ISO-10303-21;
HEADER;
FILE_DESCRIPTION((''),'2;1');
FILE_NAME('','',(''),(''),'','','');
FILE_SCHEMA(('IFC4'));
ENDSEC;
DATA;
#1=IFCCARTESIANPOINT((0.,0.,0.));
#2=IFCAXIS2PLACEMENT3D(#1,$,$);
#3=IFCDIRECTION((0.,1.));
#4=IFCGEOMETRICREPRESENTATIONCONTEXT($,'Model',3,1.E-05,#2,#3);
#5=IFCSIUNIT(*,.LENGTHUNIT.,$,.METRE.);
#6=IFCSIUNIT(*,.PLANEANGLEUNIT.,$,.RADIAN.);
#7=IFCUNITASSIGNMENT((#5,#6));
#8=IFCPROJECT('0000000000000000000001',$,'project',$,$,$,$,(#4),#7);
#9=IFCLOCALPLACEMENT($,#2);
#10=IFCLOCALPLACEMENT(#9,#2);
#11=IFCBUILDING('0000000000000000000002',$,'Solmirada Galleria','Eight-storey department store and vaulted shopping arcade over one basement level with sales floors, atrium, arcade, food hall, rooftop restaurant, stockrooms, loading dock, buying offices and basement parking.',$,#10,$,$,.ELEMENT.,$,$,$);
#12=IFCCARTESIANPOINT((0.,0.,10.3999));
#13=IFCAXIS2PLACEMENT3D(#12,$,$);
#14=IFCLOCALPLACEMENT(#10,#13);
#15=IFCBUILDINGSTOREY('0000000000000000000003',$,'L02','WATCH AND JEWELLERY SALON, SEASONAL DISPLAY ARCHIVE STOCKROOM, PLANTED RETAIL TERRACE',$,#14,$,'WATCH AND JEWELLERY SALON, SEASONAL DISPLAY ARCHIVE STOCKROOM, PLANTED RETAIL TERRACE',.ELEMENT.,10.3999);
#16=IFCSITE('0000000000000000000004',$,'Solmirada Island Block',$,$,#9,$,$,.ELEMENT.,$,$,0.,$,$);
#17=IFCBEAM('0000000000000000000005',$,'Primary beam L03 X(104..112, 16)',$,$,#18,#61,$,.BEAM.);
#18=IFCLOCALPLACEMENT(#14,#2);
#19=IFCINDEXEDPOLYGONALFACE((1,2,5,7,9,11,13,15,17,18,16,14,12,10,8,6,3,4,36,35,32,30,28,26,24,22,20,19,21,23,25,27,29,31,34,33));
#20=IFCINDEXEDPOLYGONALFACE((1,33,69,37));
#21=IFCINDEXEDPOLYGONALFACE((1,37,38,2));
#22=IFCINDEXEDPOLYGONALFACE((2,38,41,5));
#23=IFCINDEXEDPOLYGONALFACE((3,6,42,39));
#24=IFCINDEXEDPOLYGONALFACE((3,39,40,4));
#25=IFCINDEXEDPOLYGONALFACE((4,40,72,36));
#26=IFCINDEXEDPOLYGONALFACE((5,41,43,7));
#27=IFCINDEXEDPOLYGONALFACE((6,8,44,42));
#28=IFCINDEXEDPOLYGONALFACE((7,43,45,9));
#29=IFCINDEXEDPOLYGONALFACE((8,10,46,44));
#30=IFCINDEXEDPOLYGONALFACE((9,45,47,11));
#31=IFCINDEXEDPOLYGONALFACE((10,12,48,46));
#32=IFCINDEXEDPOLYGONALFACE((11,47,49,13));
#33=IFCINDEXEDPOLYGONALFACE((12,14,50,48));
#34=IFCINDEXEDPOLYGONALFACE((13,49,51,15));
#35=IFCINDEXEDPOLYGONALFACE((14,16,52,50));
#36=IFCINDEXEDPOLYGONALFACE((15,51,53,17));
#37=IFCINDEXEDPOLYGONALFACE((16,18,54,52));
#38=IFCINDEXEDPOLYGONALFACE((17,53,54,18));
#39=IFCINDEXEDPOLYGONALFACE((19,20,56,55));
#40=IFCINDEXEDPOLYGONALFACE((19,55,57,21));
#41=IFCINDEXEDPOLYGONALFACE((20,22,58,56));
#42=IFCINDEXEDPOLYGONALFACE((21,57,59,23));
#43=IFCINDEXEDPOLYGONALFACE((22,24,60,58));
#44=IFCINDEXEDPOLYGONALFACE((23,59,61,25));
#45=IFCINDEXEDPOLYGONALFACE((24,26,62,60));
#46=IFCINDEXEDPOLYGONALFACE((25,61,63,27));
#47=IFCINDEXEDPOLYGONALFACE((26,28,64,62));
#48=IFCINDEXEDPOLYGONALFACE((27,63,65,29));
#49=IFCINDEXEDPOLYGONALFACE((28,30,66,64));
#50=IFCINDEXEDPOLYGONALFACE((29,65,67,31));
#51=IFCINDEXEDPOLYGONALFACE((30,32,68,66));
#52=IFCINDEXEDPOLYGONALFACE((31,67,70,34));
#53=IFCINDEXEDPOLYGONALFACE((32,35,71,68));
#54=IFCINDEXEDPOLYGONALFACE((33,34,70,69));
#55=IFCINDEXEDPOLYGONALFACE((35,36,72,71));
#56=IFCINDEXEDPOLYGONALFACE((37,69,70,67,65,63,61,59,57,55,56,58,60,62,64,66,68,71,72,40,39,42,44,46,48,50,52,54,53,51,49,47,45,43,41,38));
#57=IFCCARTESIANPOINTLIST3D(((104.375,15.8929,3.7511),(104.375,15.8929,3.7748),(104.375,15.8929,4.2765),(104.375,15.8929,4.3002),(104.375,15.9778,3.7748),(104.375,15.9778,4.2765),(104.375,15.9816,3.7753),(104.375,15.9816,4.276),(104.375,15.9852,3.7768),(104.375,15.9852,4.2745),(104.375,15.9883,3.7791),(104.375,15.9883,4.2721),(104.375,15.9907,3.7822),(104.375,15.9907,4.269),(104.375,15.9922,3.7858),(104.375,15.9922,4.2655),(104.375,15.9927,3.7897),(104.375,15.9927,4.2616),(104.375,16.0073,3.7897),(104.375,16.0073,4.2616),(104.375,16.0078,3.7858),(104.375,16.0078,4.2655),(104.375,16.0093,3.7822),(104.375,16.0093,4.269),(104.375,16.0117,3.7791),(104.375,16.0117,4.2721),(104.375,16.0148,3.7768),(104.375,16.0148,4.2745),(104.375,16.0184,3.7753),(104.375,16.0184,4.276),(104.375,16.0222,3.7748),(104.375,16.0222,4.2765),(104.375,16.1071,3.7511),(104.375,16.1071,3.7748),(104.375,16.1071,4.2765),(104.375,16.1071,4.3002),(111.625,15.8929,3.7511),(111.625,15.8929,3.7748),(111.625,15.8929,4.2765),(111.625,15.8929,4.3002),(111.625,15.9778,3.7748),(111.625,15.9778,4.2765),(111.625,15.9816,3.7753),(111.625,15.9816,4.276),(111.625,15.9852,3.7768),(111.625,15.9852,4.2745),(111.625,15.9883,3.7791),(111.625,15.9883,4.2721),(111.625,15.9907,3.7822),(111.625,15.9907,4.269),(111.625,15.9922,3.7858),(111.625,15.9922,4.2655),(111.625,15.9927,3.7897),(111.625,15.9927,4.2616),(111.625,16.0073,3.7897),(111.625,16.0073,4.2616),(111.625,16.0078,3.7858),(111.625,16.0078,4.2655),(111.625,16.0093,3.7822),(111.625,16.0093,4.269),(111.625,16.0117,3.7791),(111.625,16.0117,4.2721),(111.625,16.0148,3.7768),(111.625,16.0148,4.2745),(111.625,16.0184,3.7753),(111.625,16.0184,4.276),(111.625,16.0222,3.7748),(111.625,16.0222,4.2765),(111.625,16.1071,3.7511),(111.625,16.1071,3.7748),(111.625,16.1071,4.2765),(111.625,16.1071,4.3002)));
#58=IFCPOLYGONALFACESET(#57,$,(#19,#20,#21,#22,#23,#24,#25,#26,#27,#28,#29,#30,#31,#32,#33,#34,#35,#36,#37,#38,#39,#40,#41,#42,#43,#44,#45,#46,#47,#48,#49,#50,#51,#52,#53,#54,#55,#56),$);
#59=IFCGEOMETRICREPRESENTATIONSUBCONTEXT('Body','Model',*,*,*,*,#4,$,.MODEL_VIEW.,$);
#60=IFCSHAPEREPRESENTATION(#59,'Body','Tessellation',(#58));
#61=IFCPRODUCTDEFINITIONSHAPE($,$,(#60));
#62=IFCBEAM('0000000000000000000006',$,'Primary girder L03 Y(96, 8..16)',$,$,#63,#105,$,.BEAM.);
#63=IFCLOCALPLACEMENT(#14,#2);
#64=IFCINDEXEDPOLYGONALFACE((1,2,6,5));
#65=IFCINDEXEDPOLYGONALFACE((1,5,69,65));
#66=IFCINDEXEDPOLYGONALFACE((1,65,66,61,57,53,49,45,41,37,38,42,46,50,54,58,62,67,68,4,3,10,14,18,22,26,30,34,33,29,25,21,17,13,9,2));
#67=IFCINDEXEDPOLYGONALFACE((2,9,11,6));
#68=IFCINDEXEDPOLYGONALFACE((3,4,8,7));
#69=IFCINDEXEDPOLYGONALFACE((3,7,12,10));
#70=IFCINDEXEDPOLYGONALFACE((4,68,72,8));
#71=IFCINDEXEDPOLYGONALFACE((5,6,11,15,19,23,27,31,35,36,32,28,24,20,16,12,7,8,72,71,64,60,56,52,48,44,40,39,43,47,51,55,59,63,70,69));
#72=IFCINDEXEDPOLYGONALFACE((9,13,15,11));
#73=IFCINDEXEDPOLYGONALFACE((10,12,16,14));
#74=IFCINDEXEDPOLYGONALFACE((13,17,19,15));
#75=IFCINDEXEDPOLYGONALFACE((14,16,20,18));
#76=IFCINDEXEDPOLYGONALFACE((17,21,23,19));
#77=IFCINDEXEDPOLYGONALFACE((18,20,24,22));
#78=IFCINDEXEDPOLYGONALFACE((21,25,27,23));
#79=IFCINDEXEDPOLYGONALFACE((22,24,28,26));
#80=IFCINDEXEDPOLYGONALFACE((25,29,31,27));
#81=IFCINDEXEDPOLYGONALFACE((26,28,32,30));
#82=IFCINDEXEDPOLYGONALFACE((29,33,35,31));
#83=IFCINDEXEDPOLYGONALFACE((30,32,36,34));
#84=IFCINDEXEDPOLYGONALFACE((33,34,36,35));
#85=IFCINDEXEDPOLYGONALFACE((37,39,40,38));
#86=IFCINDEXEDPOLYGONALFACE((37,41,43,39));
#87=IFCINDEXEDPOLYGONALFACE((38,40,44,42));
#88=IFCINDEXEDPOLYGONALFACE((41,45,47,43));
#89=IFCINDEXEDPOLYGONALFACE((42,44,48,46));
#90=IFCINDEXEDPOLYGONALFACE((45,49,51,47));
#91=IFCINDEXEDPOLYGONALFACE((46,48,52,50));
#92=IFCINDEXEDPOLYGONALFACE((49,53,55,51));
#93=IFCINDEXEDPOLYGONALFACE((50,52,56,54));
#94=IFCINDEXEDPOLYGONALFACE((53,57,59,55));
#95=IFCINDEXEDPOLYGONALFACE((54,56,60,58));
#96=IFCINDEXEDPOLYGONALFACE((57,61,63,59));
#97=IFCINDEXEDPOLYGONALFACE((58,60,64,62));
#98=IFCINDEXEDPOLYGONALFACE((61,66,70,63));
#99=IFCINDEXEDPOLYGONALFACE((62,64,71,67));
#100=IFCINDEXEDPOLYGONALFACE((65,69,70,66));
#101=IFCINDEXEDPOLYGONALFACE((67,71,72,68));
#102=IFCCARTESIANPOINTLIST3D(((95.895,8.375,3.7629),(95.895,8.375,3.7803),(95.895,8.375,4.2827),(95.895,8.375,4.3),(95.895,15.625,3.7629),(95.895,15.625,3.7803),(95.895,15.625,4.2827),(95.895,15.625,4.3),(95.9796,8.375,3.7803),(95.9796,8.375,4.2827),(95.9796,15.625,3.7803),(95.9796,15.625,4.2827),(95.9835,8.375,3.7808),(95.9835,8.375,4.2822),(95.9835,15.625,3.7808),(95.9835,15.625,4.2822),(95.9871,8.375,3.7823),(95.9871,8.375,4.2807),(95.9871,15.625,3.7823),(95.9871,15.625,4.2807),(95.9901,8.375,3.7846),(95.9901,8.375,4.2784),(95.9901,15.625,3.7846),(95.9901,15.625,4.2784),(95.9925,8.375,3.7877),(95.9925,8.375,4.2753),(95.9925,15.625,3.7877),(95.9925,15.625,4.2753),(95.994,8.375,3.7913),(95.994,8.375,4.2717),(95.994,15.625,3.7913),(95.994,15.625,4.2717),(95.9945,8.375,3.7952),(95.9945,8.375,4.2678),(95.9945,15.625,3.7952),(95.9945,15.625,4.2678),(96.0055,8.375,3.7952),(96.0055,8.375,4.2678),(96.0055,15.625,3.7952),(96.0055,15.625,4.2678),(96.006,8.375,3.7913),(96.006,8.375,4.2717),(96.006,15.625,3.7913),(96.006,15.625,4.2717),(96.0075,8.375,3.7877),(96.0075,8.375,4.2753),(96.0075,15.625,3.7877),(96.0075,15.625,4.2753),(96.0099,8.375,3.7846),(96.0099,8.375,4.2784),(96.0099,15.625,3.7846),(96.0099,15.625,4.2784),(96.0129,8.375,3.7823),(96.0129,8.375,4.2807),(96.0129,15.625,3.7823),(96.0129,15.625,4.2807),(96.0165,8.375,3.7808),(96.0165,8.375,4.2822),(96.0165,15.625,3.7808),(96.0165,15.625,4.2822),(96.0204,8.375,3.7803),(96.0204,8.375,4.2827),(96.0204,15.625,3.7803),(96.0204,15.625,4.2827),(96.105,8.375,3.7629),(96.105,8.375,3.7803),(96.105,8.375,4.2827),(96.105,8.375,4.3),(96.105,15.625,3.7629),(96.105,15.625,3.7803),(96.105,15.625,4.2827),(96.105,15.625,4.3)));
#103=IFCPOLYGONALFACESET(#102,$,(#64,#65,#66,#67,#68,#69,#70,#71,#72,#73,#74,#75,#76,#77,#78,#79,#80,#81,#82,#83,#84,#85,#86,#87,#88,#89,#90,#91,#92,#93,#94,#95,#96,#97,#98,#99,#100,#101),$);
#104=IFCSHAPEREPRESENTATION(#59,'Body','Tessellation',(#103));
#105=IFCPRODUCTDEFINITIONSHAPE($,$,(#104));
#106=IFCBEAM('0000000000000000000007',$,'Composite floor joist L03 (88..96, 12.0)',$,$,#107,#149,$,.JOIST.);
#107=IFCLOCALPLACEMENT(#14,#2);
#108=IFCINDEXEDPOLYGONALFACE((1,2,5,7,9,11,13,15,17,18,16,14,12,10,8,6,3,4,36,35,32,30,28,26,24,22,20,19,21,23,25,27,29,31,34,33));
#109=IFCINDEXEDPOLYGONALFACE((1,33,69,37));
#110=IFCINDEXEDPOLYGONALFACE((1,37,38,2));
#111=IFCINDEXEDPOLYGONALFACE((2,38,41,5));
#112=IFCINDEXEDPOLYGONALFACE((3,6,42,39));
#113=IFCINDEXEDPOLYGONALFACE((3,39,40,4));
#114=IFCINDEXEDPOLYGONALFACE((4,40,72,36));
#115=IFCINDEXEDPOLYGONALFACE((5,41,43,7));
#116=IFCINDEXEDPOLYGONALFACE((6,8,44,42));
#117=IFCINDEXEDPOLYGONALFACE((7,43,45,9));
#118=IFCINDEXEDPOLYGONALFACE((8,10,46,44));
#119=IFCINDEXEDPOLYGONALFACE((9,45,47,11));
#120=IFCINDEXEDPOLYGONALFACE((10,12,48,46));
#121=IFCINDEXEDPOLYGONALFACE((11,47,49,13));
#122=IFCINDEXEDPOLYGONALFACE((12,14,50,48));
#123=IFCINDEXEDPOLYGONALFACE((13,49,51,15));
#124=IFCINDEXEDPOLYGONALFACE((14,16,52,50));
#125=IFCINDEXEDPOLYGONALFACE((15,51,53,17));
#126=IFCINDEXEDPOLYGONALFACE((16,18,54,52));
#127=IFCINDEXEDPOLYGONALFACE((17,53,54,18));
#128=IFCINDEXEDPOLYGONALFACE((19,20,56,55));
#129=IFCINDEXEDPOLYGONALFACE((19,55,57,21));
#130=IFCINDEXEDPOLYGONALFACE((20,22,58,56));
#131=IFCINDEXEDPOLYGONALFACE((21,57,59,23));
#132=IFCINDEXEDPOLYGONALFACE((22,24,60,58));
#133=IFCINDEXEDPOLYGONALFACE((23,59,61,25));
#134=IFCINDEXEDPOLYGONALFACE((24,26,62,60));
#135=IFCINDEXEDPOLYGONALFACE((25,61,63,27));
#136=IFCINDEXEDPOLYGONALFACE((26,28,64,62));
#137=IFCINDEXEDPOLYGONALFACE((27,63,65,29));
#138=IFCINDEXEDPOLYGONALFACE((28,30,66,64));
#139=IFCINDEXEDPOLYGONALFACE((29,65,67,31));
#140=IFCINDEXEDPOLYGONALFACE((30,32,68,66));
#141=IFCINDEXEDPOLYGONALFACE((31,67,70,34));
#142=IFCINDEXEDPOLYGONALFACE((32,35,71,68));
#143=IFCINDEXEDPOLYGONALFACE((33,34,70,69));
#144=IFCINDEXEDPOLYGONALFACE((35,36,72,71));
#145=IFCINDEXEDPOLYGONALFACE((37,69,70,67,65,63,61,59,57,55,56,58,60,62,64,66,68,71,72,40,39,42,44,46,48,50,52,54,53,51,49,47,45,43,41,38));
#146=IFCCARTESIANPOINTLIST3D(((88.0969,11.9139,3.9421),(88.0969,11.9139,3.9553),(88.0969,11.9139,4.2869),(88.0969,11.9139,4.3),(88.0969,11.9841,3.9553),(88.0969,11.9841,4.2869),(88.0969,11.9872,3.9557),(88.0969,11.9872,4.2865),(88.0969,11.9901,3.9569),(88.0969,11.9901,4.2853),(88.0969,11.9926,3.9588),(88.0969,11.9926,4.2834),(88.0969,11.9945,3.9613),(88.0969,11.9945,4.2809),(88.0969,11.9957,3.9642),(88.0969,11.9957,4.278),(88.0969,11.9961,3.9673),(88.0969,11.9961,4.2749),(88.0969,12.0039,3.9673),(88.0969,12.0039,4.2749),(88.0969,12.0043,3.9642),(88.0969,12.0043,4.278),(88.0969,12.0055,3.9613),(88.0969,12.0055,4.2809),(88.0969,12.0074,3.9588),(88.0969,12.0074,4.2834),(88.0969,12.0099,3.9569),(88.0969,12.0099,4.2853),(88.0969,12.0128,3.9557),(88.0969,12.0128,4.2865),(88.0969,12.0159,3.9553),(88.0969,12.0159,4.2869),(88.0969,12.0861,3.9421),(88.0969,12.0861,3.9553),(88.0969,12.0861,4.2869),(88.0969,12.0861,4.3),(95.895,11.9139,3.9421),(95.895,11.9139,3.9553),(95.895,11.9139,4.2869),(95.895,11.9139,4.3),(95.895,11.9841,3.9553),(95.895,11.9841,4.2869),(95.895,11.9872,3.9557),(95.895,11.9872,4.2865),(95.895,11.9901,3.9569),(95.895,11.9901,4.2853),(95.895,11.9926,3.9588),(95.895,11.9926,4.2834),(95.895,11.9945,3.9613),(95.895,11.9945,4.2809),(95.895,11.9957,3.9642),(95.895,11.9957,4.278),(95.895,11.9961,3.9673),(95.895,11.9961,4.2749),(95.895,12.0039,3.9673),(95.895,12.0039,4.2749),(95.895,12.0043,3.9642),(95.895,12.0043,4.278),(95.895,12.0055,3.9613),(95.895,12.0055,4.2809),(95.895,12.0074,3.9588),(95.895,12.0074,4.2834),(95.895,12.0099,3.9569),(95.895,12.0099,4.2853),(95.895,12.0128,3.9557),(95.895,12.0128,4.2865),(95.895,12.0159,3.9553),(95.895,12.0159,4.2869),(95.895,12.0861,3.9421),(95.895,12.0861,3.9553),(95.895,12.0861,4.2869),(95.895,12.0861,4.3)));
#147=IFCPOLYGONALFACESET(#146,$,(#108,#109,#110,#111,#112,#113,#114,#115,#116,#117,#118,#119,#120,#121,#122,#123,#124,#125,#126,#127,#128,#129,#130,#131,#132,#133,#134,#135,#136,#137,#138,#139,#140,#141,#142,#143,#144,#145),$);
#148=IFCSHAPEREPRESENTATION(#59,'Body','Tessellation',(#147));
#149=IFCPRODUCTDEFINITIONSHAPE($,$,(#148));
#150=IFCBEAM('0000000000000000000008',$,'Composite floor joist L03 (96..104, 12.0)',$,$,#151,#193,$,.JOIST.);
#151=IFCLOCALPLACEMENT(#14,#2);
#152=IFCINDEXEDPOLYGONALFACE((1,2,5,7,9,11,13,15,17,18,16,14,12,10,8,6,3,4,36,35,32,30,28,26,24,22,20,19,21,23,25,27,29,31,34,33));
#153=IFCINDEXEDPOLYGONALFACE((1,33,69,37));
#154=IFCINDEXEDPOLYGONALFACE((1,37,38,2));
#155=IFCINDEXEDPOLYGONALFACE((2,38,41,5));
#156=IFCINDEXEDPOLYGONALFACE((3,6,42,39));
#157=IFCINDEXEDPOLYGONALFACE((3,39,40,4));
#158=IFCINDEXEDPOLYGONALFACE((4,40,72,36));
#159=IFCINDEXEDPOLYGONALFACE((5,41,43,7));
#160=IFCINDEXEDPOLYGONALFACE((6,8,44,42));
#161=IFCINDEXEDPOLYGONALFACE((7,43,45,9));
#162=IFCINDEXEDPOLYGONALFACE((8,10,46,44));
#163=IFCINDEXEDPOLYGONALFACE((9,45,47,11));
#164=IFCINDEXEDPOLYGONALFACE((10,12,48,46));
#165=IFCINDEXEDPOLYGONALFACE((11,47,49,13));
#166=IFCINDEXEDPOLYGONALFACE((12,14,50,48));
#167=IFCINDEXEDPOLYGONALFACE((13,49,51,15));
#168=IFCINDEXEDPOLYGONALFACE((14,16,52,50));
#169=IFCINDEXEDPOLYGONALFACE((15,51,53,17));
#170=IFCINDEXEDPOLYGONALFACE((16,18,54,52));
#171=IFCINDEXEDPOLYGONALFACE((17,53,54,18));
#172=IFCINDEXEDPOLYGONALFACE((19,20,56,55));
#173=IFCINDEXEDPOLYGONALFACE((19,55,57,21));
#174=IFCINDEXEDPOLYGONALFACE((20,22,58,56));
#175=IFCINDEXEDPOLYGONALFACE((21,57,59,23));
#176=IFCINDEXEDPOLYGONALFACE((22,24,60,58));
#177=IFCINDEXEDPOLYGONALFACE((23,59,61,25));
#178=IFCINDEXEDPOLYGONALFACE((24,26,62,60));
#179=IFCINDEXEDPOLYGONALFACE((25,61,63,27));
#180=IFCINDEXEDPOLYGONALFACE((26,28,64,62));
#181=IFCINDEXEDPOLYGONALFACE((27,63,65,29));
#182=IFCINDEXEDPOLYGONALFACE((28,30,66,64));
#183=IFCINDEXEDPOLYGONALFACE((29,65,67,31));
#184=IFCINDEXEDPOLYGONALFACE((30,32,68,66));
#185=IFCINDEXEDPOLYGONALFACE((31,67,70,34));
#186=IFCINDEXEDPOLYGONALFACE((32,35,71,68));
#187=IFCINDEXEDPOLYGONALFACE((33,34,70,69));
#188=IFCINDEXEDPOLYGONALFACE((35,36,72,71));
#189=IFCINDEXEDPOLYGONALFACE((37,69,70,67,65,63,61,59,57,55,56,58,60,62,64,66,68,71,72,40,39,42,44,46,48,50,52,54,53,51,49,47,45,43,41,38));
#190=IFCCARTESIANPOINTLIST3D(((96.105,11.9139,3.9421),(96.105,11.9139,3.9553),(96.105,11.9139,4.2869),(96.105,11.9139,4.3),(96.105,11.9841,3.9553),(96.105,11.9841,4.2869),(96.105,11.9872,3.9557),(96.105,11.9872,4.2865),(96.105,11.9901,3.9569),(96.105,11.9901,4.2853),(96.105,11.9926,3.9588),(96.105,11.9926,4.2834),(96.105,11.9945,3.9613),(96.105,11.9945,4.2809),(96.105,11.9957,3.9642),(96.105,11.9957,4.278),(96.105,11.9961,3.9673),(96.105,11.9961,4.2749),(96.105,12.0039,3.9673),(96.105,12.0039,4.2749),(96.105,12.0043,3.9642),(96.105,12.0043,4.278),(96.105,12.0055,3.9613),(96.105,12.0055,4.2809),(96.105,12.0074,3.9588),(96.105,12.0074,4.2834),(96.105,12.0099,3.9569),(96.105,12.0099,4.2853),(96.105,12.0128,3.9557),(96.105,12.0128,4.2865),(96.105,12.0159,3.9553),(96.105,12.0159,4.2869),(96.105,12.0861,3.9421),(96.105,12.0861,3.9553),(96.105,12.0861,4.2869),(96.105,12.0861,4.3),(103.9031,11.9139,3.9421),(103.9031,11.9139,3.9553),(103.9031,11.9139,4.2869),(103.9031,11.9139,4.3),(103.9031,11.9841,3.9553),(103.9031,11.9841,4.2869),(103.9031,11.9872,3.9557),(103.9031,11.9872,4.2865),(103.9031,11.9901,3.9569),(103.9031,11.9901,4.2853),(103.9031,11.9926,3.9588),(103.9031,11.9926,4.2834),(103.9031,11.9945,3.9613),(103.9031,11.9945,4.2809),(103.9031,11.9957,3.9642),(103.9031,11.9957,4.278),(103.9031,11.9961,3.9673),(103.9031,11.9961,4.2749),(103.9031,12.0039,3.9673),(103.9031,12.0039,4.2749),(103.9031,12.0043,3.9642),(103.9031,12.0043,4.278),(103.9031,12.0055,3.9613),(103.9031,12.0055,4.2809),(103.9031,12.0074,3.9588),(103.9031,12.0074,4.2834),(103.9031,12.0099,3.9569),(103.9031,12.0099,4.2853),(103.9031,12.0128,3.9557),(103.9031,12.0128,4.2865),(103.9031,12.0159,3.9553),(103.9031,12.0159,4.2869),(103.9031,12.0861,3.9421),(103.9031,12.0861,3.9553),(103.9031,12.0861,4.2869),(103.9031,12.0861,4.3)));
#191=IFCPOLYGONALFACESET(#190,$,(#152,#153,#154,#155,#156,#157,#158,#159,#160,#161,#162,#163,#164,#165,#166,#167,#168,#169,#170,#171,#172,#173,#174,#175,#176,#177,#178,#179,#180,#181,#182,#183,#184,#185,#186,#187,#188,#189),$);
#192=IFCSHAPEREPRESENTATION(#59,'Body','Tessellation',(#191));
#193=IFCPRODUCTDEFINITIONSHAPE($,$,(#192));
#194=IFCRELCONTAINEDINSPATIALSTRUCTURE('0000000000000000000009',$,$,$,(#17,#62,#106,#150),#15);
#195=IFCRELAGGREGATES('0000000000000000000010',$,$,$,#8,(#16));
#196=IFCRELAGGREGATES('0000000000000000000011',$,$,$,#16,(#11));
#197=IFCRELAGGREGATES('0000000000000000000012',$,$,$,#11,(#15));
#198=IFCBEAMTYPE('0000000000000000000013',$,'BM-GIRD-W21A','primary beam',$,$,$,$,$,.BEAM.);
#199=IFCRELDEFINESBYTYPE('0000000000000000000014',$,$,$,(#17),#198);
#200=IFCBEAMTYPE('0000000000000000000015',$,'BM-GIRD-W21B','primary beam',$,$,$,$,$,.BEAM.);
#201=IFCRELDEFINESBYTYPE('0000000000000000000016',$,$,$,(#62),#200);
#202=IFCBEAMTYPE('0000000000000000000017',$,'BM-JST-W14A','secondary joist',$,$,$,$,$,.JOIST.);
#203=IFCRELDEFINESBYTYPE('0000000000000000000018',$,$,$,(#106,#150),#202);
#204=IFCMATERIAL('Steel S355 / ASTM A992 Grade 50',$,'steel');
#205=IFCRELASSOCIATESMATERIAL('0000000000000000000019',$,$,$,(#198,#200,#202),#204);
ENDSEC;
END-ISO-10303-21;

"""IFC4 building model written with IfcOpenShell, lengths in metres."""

from ifc_helpers import new_model, si_unit, direction, frame, origin, origin_2d, place, context, subcontext, project, spatial, i_section, extrude, material, material_profile, profile_set, type_object, element, save


model = new_model("IFC4")

# Units and contexts
model_context = context("Model", 3, precision=1e-05, world=origin(), true_north=direction((0.0, 1.0)))
body_context = subcontext(model_context, "Body", "Model", "MODEL_VIEW")
ifc_project = project(units=[si_unit("LENGTHUNIT", "METRE"), si_unit("PLANEANGLEUNIT", "RADIAN")], contexts=[model_context])

# Site, building, storey
site_placement = place(None, origin())
site = spatial("IfcSite", under=ifc_project, at=site_placement, Name="Solmirada Island Block", CompositionType="ELEMENT", RefElevation=0.0)
building_placement = place(site_placement, origin())
building = spatial("IfcBuilding", under=site, at=building_placement, Name="Solmirada Galleria", Description="Eight-storey department store and vaulted shopping arcade over one basement level with sales floors, atrium, arcade, food hall, rooftop restaurant, stockrooms, loading dock, buying offices and basement parking.", CompositionType="ELEMENT")
storey_placement = place(building_placement, frame((0.0, 0.0, 10.3999)))
storey = spatial("IfcBuildingStorey", under=building, at=storey_placement, Name="L02", Description="WATCH AND JEWELLERY SALON, SEASONAL DISPLAY ARCHIVE STOCKROOM, PLANTED RETAIL TERRACE", LongName="WATCH AND JEWELLERY SALON, SEASONAL DISPLAY ARCHIVE STOCKROOM, PLANTED RETAIL TERRACE", CompositionType="ELEMENT", Elevation=10.3999)

# Beams
ifc_material_1 = material(Name="Steel S355 / ASTM A992 Grade 50", Category="steel")
ifc_material_profile_1 = material_profile(ifc_material_1, i_section(OverallWidth=0.2141, OverallDepth=0.5491, WebThickness=0.0146, FlangeThickness=0.0237, FilletRadius=0.0149, at=origin_2d()), Name="W21X93")
ifc_profile_set_1 = profile_set([ifc_material_profile_1], Name="Steel S355 / ASTM A992 Grade 50")
beam_type_1 = type_object("IfcBeamType", Name="BM-GIRD-W21A", Description="primary beam", PredefinedType="BEAM", material=ifc_profile_set_1)
for number, where, z_axis, x_axis, name in (
    (1, (104.375, 16.0, 4.0256), (1.0, 0.0, 0.0), (0.0, 1.0, 0.0), "Primary beam L03 X(104..112, 16)"),
):
    element("IfcBeam", number, at=place(storey_placement, frame(where, z_axis=z_axis, x_axis=x_axis)), inside=storey, type_object=beam_type_1, Name=name, PredefinedType="BEAM", context=body_context, shape_type="SweptSolid", body=[
        extrude(i_section(OverallWidth=0.2141, OverallDepth=0.5491, WebThickness=0.0146, FlangeThickness=0.0237, FilletRadius=0.0149, at=origin_2d()), origin(), (0.0, 0.0, 1.0), 7.25),
    ])
ifc_material_profile_2 = material_profile(ifc_material_1, i_section(OverallWidth=0.21, OverallDepth=0.5371, WebThickness=0.011, FlangeThickness=0.0173, FilletRadius=0.0149, at=origin_2d()), Name="W21X68")
ifc_profile_set_2 = profile_set([ifc_material_profile_2], Name="Steel S355 / ASTM A992 Grade 50")
beam_type_2 = type_object("IfcBeamType", Name="BM-GIRD-W21B", Description="primary beam", PredefinedType="BEAM", material=ifc_profile_set_2)
beam_1_placement = place(storey_placement, frame((96.0, 8.375, 4.0315), z_axis=(0.0, 1.0, 0.0), x_axis=(-1.0, 0.0, 0.0)))
element("IfcBeam", 2, at=beam_1_placement, inside=storey, type_object=beam_type_2, Name="Primary girder L03 Y(96, 8..16)", PredefinedType="BEAM", context=body_context, shape_type="SweptSolid", body=[
    extrude(i_section(OverallWidth=0.21, OverallDepth=0.5371, WebThickness=0.011, FlangeThickness=0.0173, FilletRadius=0.0149, at=origin_2d()), origin(), (0.0, 0.0, 1.0), 7.25),
])
ifc_material_profile_3 = material_profile(ifc_material_1, i_section(OverallWidth=0.1721, OverallDepth=0.3579, WebThickness=0.0078, FlangeThickness=0.0132, FilletRadius=0.012, at=origin_2d()), Name="W14X38")
ifc_profile_set_3 = profile_set([ifc_material_profile_3], Name="Steel S355 / ASTM A992 Grade 50")
beam_type_3 = type_object("IfcBeamType", Name="BM-JST-W14A", Description="secondary joist", PredefinedType="JOIST", material=ifc_profile_set_3)
for number, where, z_axis, x_axis, name in (
    (3, (88.0969, 12.0, 4.1211), (1.0, 0.0, 0.0), (0.0, 1.0, 0.0), "Composite floor joist L03 (88..96, 12.0)"),
    (4, (96.105, 12.0, 4.1211), (1.0, 0.0, 0.0), (0.0, 1.0, 0.0), "Composite floor joist L03 (96..104, 12.0)"),
):
    element("IfcBeam", number, at=place(storey_placement, frame(where, z_axis=z_axis, x_axis=x_axis)), inside=storey, type_object=beam_type_3, Name=name, PredefinedType="JOIST", context=body_context, shape_type="SweptSolid", body=[
        extrude(i_section(OverallWidth=0.1721, OverallDepth=0.3579, WebThickness=0.0078, FlangeThickness=0.0132, FilletRadius=0.012, at=origin_2d()), origin(), (0.0, 0.0, 1.0), 7.7981),
    ])

save(model, "model.ifc")
